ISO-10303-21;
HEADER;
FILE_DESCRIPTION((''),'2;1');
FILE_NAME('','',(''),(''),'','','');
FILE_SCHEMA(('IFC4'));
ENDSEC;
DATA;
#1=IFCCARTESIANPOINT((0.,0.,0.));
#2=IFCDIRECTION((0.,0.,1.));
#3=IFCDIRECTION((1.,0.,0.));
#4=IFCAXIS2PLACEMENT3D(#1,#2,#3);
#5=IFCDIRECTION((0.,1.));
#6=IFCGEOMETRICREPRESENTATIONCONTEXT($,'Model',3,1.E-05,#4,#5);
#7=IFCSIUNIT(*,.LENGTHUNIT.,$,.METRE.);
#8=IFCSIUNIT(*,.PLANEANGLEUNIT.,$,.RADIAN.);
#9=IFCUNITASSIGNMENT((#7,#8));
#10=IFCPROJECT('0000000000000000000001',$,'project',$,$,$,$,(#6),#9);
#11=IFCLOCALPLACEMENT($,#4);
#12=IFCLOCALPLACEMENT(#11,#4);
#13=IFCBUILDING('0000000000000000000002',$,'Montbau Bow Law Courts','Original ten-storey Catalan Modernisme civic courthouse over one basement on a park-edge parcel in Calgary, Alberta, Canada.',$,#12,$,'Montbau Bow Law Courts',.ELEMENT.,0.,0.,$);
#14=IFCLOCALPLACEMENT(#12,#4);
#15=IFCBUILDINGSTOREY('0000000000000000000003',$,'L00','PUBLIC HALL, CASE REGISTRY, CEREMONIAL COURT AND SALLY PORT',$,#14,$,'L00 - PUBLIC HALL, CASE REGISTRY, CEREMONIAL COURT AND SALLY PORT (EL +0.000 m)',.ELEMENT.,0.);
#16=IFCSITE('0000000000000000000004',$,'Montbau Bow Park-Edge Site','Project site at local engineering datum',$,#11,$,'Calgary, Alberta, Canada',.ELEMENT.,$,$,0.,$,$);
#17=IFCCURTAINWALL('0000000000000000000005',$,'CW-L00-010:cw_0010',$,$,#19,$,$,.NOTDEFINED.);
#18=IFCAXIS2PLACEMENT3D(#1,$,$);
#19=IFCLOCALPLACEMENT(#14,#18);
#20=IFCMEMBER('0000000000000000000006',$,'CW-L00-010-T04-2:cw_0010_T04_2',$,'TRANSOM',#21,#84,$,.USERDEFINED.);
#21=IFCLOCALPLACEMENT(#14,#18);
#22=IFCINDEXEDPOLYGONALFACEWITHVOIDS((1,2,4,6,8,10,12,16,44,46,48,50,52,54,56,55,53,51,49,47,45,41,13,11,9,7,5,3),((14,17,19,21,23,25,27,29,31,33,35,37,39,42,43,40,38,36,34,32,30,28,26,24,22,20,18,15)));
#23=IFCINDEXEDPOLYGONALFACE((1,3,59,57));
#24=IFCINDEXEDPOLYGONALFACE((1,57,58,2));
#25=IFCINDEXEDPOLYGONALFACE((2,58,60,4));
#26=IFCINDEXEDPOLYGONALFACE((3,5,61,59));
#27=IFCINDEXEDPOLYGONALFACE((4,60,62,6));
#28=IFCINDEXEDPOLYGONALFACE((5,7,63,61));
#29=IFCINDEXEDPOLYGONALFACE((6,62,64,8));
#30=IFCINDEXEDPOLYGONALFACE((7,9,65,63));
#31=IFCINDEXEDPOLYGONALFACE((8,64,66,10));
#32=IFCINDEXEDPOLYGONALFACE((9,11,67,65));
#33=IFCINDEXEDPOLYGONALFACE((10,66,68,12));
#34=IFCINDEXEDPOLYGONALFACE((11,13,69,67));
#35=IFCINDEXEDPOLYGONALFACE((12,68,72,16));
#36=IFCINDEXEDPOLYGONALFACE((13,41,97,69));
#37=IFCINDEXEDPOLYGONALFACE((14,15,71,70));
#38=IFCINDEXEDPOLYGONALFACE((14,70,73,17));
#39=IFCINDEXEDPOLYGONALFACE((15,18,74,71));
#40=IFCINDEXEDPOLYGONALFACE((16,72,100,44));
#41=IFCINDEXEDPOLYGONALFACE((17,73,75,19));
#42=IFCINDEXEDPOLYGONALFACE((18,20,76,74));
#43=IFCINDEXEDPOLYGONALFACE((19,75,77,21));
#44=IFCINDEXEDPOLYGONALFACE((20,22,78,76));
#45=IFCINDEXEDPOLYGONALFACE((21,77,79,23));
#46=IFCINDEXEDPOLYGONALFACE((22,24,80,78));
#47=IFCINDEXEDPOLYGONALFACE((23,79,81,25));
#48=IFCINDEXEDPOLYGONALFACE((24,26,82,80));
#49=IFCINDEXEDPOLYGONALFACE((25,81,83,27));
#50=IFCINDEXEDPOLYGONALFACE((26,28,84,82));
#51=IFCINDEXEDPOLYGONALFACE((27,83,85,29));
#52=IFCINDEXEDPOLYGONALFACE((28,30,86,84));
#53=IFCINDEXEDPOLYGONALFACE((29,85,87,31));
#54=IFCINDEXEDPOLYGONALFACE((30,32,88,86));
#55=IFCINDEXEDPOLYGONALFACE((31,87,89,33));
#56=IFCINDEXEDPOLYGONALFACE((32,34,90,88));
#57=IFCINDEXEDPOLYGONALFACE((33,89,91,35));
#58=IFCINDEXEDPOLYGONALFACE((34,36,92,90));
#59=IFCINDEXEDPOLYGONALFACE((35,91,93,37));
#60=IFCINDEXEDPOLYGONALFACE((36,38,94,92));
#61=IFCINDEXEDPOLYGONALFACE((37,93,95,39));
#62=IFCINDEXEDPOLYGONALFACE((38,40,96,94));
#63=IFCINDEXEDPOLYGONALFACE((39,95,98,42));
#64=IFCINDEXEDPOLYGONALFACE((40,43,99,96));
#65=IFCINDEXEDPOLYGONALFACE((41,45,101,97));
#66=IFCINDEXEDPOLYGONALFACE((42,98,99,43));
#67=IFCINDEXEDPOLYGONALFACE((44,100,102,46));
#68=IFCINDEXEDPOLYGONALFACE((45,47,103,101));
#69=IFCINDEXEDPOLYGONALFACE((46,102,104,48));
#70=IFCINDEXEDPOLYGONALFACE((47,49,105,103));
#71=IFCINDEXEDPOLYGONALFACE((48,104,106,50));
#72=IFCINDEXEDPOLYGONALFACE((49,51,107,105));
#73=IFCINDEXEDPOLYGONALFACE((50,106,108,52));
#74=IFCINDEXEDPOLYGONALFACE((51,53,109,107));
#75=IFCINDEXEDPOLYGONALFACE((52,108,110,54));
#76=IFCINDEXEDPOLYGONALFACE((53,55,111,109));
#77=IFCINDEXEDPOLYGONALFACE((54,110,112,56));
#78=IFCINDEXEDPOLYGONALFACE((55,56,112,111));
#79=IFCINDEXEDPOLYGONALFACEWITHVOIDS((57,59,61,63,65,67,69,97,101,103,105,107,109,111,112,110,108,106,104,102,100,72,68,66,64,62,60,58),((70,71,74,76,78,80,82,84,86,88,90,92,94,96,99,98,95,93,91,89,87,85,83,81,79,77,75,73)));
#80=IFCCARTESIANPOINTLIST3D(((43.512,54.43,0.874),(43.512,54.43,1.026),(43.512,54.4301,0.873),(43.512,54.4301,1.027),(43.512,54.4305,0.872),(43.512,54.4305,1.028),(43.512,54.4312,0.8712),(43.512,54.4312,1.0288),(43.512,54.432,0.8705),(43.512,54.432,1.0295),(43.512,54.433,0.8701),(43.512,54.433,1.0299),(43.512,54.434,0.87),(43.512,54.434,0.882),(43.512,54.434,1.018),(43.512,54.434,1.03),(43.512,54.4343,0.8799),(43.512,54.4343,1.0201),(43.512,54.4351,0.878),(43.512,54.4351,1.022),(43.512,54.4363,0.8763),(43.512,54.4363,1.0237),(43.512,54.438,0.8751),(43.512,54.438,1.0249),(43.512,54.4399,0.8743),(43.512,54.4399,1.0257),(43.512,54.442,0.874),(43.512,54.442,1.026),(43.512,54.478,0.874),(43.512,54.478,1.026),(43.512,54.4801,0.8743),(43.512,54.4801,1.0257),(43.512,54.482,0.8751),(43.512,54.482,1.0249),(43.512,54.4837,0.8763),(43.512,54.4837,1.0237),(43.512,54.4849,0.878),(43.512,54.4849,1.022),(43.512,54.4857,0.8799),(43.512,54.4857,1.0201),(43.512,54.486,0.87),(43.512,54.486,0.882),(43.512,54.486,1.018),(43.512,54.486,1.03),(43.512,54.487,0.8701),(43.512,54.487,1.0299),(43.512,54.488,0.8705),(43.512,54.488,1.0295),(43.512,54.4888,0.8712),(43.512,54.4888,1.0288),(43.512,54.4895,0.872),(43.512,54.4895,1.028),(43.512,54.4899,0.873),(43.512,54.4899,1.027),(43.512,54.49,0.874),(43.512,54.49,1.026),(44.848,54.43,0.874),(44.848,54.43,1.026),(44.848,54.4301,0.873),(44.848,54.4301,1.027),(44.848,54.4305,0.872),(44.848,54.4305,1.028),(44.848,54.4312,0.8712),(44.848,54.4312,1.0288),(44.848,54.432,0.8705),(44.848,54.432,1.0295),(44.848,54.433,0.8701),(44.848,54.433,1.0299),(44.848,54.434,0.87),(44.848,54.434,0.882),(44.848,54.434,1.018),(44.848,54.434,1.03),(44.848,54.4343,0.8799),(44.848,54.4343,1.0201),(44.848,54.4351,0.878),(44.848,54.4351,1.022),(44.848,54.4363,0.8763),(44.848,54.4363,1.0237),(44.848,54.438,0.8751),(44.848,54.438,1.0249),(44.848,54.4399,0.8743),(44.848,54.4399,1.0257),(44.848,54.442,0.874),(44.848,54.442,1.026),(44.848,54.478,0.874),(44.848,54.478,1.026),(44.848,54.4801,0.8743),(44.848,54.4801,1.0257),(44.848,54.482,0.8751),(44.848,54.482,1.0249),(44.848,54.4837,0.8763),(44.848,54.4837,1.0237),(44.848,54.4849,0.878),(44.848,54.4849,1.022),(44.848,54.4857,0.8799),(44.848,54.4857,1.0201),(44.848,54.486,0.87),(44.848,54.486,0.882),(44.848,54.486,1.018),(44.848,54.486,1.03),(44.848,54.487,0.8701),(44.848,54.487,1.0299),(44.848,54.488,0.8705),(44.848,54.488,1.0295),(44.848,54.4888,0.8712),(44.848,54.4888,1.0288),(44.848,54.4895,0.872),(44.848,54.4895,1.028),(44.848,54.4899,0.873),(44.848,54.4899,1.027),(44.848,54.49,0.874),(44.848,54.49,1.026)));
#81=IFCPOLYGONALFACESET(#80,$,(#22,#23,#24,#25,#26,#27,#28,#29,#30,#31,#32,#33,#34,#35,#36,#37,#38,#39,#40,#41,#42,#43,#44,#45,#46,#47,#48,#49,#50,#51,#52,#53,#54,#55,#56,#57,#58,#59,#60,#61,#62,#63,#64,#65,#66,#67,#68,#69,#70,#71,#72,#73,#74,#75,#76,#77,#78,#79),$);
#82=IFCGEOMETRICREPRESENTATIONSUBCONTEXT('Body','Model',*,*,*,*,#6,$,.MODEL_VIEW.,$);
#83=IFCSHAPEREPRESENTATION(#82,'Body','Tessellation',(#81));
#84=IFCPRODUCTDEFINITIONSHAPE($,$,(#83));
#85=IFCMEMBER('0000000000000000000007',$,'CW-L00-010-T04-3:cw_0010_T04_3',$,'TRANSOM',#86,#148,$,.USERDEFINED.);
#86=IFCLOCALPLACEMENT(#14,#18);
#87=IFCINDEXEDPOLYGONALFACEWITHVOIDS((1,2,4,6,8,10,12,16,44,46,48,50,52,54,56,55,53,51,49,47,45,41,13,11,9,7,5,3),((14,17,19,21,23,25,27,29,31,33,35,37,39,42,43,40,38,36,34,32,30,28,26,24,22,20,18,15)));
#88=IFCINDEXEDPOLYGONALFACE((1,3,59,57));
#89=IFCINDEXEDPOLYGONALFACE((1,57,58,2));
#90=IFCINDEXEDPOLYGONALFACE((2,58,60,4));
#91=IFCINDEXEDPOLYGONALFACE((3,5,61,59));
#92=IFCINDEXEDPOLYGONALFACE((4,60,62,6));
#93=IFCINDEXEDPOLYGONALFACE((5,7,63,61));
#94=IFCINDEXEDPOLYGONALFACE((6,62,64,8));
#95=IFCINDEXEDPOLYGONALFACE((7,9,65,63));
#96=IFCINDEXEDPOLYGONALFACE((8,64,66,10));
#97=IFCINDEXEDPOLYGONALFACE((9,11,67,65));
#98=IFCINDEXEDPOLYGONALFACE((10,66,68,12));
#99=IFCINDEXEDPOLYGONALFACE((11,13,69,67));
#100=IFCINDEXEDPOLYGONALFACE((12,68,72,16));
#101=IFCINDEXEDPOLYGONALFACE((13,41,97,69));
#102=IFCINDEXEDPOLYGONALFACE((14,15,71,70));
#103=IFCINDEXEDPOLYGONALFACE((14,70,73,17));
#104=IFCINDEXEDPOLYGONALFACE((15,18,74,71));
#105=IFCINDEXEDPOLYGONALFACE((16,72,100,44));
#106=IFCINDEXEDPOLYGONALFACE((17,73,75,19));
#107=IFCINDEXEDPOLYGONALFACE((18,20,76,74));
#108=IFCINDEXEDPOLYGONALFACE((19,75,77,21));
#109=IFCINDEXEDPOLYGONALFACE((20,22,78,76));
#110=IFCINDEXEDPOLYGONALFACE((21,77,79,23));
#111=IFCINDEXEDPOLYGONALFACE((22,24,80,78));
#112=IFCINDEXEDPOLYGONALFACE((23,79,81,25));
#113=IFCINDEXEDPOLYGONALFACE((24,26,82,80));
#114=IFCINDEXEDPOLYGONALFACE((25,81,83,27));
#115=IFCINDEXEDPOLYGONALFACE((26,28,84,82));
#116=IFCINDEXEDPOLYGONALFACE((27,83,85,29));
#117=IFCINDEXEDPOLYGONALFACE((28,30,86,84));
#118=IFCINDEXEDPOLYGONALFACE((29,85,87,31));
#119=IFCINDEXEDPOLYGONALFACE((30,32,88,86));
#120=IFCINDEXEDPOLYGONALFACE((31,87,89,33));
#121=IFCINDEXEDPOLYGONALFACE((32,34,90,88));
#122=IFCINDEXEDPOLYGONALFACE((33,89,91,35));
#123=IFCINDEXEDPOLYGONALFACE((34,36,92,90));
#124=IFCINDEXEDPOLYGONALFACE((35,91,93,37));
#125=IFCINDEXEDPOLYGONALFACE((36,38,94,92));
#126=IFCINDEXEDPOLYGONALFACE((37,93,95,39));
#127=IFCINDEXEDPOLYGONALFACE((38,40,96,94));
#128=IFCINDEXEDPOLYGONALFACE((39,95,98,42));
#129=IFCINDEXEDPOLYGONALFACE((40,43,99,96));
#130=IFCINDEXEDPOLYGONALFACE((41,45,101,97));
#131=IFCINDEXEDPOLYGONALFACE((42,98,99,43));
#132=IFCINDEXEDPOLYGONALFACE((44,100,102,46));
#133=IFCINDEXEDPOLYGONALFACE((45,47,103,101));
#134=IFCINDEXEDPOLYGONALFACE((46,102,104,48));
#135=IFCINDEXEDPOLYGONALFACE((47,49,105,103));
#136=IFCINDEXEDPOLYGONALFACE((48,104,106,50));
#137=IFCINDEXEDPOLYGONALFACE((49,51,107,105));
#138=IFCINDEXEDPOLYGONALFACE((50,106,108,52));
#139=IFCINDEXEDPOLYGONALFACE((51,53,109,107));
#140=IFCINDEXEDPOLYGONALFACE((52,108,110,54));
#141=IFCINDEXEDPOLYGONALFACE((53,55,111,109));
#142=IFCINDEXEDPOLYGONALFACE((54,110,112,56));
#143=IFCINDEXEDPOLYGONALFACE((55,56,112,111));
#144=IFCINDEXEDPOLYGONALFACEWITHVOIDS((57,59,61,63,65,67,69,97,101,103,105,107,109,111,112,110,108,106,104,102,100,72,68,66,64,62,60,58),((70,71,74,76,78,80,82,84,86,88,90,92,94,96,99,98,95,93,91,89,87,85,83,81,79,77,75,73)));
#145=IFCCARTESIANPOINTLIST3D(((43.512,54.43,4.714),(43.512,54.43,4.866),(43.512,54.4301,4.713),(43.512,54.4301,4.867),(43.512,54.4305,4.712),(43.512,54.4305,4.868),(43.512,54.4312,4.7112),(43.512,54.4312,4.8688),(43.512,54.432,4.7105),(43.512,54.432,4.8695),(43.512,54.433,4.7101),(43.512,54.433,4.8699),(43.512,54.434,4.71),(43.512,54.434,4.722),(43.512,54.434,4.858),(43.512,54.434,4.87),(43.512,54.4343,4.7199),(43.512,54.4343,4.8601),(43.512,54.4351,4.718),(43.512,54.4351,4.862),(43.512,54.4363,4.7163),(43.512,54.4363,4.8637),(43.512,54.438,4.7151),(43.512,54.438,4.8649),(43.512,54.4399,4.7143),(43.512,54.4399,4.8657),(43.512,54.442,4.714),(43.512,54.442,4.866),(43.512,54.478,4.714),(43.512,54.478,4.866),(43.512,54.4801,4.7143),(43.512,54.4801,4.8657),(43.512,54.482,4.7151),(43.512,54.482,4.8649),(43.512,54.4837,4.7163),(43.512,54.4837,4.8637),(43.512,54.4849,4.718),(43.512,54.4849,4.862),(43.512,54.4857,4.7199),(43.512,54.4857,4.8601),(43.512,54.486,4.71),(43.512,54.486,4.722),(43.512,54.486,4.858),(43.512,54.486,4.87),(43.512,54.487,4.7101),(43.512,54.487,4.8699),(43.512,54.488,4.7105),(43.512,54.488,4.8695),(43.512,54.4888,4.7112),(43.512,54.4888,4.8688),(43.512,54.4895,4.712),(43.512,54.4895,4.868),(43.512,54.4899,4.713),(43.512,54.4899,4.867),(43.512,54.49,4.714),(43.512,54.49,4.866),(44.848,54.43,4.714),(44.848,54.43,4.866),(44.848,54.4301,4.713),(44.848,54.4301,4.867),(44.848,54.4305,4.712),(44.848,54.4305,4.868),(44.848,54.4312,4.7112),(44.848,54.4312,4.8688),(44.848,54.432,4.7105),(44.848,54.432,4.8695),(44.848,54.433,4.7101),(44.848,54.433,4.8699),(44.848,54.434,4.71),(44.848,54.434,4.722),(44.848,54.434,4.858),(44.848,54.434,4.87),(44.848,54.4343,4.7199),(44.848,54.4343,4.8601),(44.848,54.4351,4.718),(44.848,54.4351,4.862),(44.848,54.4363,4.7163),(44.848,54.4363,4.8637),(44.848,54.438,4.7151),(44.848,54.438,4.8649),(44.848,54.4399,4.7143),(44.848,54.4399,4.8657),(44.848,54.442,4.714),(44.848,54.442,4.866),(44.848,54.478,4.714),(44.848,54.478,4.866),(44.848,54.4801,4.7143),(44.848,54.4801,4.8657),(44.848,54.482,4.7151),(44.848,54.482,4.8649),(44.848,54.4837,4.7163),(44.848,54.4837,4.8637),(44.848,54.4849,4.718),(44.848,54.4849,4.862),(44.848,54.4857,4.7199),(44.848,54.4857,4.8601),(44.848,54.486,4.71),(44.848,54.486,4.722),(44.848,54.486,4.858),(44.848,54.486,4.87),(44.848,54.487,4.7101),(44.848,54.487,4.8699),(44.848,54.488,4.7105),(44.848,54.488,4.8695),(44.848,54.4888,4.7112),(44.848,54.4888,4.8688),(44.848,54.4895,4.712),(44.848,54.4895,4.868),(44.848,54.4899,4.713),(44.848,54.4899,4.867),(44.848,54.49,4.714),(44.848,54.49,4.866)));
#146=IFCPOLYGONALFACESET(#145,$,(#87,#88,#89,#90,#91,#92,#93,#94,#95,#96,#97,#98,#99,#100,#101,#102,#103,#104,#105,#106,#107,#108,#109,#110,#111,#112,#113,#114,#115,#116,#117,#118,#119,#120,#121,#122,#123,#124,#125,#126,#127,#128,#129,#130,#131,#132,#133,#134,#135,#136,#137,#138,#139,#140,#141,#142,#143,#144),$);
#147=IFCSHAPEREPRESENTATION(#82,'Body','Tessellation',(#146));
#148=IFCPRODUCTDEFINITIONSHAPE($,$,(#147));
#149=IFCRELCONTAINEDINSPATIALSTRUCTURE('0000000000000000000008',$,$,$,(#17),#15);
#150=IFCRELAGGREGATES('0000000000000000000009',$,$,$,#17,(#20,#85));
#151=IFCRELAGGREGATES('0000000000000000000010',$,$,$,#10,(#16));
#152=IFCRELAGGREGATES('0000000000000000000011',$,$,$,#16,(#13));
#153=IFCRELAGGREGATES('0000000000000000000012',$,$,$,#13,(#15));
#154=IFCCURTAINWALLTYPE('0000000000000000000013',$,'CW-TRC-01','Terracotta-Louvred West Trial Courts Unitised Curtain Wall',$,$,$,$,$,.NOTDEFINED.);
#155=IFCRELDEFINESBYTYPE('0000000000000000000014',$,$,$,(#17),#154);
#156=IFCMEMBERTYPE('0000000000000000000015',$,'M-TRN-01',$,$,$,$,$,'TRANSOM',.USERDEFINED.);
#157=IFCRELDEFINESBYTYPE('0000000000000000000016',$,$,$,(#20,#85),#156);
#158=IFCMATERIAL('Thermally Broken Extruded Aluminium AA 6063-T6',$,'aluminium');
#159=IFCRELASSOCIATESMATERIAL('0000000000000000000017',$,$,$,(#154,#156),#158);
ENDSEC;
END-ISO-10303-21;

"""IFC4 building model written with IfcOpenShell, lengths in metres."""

from ifc_helpers import new_model, si_unit, direction, frame, origin_with_axes, origin_2d_with_axis, place, context, subcontext, project, spatial, hollow_rectangle, extrude, material, material_profile, profile_set, type_object, element, aggregate, save


model = new_model("IFC4")

# Units and contexts
model_context = context("Model", 3, precision=1e-05, world=origin_with_axes(), true_north=direction((0.0, 1.0)))
body_context = subcontext(model_context, "Body", "Model", "MODEL_VIEW")
ifc_project = project(units=[si_unit("LENGTHUNIT", "METRE"), si_unit("PLANEANGLEUNIT", "RADIAN")], contexts=[model_context])

# Site, building, storey
site_placement = place(None, origin_with_axes())
site = spatial("IfcSite", under=ifc_project, at=site_placement, Name="Montbau Bow Park-Edge Site", Description="Project site at local engineering datum", LongName="Calgary, Alberta, Canada", CompositionType="ELEMENT", RefElevation=0.0)
building_placement = place(site_placement, origin_with_axes())
building = spatial("IfcBuilding", under=site, at=building_placement, Name="Montbau Bow Law Courts", Description="Original ten-storey Catalan Modernisme civic courthouse over one basement on a park-edge parcel in Calgary, Alberta, Canada.", LongName="Montbau Bow Law Courts", CompositionType="ELEMENT", ElevationOfRefHeight=0.0, ElevationOfTerrain=0.0)
storey_placement = place(building_placement, origin_with_axes())
storey = spatial("IfcBuildingStorey", under=building, at=storey_placement, Name="L00", Description="PUBLIC HALL, CASE REGISTRY, CEREMONIAL COURT AND SALLY PORT", LongName="L00 - PUBLIC HALL, CASE REGISTRY, CEREMONIAL COURT AND SALLY PORT (EL +0.000 m)", CompositionType="ELEMENT", Elevation=0.0)

# Curtain wall, members
ifc_material_1 = material(Name="Thermally Broken Extruded Aluminium AA 6063-T6", Category="aluminium")
curtain_wall_type_1 = type_object("IfcCurtainWallType", Name="CW-TRC-01", Description="Terracotta-Louvred West Trial Courts Unitised Curtain Wall", PredefinedType="NOTDEFINED", material=ifc_material_1)
curtain_wall_1_placement = place(None, frame((39.268, 54.46, 0.0), z_axis=(0.0, 0.0, 1.0), x_axis=(1.0, 0.0, 0.0)))
curtain_wall_1 = element("IfcCurtainWall", 1, at=curtain_wall_1_placement, inside=storey, type_object=curtain_wall_type_1, Name="CW-L00-010:cw_0010", PredefinedType="NOTDEFINED")
ifc_material_profile_1 = material_profile(ifc_material_1, hollow_rectangle(XDim=0.06, YDim=0.16, WallThickness=0.004, InnerFilletRadius=0.008, OuterFilletRadius=0.004, at=origin_2d_with_axis()), Name="CWT-160X60", Category="Main", Priority=0)
ifc_profile_set_1 = profile_set([ifc_material_profile_1], Name="Thermally Broken Extruded Aluminium AA 6063-T6")
member_type_1 = type_object("IfcMemberType", Name="M-TRN-01", ElementType="TRANSOM", PredefinedType="USERDEFINED", material=ifc_profile_set_1)
member_1_placement = place(None, frame((43.512, 54.46, 0.95), z_axis=(1.0, 0.0, 0.0), x_axis=(0.0, 1.0, 0.0)))
member_1 = element("IfcMember", 2, at=member_1_placement, type_object=member_type_1, Name="CW-L00-010-T04-2:cw_0010_T04_2", ObjectType="TRANSOM", PredefinedType="USERDEFINED", context=body_context, shape_type="SweptSolid", body=[
    extrude(hollow_rectangle(XDim=0.06, YDim=0.16, WallThickness=0.004, InnerFilletRadius=0.008, OuterFilletRadius=0.004, at=origin_2d_with_axis()), origin_with_axes(), (0.0, 0.0, 1.0), 1.336),
])
member_2_placement = place(None, frame((43.512, 54.46, 4.79), z_axis=(1.0, 0.0, 0.0), x_axis=(0.0, 1.0, 0.0)))
member_2 = element("IfcMember", 3, at=member_2_placement, type_object=member_type_1, Name="CW-L00-010-T04-3:cw_0010_T04_3", ObjectType="TRANSOM", PredefinedType="USERDEFINED", context=body_context, shape_type="SweptSolid", body=[
    extrude(hollow_rectangle(XDim=0.06, YDim=0.16, WallThickness=0.004, InnerFilletRadius=0.008, OuterFilletRadius=0.004, at=origin_2d_with_axis()), origin_with_axes(), (0.0, 0.0, 1.0), 1.336),
])

aggregate(curtain_wall_1, [member_1, member_2])

save(model, "model.ifc")
